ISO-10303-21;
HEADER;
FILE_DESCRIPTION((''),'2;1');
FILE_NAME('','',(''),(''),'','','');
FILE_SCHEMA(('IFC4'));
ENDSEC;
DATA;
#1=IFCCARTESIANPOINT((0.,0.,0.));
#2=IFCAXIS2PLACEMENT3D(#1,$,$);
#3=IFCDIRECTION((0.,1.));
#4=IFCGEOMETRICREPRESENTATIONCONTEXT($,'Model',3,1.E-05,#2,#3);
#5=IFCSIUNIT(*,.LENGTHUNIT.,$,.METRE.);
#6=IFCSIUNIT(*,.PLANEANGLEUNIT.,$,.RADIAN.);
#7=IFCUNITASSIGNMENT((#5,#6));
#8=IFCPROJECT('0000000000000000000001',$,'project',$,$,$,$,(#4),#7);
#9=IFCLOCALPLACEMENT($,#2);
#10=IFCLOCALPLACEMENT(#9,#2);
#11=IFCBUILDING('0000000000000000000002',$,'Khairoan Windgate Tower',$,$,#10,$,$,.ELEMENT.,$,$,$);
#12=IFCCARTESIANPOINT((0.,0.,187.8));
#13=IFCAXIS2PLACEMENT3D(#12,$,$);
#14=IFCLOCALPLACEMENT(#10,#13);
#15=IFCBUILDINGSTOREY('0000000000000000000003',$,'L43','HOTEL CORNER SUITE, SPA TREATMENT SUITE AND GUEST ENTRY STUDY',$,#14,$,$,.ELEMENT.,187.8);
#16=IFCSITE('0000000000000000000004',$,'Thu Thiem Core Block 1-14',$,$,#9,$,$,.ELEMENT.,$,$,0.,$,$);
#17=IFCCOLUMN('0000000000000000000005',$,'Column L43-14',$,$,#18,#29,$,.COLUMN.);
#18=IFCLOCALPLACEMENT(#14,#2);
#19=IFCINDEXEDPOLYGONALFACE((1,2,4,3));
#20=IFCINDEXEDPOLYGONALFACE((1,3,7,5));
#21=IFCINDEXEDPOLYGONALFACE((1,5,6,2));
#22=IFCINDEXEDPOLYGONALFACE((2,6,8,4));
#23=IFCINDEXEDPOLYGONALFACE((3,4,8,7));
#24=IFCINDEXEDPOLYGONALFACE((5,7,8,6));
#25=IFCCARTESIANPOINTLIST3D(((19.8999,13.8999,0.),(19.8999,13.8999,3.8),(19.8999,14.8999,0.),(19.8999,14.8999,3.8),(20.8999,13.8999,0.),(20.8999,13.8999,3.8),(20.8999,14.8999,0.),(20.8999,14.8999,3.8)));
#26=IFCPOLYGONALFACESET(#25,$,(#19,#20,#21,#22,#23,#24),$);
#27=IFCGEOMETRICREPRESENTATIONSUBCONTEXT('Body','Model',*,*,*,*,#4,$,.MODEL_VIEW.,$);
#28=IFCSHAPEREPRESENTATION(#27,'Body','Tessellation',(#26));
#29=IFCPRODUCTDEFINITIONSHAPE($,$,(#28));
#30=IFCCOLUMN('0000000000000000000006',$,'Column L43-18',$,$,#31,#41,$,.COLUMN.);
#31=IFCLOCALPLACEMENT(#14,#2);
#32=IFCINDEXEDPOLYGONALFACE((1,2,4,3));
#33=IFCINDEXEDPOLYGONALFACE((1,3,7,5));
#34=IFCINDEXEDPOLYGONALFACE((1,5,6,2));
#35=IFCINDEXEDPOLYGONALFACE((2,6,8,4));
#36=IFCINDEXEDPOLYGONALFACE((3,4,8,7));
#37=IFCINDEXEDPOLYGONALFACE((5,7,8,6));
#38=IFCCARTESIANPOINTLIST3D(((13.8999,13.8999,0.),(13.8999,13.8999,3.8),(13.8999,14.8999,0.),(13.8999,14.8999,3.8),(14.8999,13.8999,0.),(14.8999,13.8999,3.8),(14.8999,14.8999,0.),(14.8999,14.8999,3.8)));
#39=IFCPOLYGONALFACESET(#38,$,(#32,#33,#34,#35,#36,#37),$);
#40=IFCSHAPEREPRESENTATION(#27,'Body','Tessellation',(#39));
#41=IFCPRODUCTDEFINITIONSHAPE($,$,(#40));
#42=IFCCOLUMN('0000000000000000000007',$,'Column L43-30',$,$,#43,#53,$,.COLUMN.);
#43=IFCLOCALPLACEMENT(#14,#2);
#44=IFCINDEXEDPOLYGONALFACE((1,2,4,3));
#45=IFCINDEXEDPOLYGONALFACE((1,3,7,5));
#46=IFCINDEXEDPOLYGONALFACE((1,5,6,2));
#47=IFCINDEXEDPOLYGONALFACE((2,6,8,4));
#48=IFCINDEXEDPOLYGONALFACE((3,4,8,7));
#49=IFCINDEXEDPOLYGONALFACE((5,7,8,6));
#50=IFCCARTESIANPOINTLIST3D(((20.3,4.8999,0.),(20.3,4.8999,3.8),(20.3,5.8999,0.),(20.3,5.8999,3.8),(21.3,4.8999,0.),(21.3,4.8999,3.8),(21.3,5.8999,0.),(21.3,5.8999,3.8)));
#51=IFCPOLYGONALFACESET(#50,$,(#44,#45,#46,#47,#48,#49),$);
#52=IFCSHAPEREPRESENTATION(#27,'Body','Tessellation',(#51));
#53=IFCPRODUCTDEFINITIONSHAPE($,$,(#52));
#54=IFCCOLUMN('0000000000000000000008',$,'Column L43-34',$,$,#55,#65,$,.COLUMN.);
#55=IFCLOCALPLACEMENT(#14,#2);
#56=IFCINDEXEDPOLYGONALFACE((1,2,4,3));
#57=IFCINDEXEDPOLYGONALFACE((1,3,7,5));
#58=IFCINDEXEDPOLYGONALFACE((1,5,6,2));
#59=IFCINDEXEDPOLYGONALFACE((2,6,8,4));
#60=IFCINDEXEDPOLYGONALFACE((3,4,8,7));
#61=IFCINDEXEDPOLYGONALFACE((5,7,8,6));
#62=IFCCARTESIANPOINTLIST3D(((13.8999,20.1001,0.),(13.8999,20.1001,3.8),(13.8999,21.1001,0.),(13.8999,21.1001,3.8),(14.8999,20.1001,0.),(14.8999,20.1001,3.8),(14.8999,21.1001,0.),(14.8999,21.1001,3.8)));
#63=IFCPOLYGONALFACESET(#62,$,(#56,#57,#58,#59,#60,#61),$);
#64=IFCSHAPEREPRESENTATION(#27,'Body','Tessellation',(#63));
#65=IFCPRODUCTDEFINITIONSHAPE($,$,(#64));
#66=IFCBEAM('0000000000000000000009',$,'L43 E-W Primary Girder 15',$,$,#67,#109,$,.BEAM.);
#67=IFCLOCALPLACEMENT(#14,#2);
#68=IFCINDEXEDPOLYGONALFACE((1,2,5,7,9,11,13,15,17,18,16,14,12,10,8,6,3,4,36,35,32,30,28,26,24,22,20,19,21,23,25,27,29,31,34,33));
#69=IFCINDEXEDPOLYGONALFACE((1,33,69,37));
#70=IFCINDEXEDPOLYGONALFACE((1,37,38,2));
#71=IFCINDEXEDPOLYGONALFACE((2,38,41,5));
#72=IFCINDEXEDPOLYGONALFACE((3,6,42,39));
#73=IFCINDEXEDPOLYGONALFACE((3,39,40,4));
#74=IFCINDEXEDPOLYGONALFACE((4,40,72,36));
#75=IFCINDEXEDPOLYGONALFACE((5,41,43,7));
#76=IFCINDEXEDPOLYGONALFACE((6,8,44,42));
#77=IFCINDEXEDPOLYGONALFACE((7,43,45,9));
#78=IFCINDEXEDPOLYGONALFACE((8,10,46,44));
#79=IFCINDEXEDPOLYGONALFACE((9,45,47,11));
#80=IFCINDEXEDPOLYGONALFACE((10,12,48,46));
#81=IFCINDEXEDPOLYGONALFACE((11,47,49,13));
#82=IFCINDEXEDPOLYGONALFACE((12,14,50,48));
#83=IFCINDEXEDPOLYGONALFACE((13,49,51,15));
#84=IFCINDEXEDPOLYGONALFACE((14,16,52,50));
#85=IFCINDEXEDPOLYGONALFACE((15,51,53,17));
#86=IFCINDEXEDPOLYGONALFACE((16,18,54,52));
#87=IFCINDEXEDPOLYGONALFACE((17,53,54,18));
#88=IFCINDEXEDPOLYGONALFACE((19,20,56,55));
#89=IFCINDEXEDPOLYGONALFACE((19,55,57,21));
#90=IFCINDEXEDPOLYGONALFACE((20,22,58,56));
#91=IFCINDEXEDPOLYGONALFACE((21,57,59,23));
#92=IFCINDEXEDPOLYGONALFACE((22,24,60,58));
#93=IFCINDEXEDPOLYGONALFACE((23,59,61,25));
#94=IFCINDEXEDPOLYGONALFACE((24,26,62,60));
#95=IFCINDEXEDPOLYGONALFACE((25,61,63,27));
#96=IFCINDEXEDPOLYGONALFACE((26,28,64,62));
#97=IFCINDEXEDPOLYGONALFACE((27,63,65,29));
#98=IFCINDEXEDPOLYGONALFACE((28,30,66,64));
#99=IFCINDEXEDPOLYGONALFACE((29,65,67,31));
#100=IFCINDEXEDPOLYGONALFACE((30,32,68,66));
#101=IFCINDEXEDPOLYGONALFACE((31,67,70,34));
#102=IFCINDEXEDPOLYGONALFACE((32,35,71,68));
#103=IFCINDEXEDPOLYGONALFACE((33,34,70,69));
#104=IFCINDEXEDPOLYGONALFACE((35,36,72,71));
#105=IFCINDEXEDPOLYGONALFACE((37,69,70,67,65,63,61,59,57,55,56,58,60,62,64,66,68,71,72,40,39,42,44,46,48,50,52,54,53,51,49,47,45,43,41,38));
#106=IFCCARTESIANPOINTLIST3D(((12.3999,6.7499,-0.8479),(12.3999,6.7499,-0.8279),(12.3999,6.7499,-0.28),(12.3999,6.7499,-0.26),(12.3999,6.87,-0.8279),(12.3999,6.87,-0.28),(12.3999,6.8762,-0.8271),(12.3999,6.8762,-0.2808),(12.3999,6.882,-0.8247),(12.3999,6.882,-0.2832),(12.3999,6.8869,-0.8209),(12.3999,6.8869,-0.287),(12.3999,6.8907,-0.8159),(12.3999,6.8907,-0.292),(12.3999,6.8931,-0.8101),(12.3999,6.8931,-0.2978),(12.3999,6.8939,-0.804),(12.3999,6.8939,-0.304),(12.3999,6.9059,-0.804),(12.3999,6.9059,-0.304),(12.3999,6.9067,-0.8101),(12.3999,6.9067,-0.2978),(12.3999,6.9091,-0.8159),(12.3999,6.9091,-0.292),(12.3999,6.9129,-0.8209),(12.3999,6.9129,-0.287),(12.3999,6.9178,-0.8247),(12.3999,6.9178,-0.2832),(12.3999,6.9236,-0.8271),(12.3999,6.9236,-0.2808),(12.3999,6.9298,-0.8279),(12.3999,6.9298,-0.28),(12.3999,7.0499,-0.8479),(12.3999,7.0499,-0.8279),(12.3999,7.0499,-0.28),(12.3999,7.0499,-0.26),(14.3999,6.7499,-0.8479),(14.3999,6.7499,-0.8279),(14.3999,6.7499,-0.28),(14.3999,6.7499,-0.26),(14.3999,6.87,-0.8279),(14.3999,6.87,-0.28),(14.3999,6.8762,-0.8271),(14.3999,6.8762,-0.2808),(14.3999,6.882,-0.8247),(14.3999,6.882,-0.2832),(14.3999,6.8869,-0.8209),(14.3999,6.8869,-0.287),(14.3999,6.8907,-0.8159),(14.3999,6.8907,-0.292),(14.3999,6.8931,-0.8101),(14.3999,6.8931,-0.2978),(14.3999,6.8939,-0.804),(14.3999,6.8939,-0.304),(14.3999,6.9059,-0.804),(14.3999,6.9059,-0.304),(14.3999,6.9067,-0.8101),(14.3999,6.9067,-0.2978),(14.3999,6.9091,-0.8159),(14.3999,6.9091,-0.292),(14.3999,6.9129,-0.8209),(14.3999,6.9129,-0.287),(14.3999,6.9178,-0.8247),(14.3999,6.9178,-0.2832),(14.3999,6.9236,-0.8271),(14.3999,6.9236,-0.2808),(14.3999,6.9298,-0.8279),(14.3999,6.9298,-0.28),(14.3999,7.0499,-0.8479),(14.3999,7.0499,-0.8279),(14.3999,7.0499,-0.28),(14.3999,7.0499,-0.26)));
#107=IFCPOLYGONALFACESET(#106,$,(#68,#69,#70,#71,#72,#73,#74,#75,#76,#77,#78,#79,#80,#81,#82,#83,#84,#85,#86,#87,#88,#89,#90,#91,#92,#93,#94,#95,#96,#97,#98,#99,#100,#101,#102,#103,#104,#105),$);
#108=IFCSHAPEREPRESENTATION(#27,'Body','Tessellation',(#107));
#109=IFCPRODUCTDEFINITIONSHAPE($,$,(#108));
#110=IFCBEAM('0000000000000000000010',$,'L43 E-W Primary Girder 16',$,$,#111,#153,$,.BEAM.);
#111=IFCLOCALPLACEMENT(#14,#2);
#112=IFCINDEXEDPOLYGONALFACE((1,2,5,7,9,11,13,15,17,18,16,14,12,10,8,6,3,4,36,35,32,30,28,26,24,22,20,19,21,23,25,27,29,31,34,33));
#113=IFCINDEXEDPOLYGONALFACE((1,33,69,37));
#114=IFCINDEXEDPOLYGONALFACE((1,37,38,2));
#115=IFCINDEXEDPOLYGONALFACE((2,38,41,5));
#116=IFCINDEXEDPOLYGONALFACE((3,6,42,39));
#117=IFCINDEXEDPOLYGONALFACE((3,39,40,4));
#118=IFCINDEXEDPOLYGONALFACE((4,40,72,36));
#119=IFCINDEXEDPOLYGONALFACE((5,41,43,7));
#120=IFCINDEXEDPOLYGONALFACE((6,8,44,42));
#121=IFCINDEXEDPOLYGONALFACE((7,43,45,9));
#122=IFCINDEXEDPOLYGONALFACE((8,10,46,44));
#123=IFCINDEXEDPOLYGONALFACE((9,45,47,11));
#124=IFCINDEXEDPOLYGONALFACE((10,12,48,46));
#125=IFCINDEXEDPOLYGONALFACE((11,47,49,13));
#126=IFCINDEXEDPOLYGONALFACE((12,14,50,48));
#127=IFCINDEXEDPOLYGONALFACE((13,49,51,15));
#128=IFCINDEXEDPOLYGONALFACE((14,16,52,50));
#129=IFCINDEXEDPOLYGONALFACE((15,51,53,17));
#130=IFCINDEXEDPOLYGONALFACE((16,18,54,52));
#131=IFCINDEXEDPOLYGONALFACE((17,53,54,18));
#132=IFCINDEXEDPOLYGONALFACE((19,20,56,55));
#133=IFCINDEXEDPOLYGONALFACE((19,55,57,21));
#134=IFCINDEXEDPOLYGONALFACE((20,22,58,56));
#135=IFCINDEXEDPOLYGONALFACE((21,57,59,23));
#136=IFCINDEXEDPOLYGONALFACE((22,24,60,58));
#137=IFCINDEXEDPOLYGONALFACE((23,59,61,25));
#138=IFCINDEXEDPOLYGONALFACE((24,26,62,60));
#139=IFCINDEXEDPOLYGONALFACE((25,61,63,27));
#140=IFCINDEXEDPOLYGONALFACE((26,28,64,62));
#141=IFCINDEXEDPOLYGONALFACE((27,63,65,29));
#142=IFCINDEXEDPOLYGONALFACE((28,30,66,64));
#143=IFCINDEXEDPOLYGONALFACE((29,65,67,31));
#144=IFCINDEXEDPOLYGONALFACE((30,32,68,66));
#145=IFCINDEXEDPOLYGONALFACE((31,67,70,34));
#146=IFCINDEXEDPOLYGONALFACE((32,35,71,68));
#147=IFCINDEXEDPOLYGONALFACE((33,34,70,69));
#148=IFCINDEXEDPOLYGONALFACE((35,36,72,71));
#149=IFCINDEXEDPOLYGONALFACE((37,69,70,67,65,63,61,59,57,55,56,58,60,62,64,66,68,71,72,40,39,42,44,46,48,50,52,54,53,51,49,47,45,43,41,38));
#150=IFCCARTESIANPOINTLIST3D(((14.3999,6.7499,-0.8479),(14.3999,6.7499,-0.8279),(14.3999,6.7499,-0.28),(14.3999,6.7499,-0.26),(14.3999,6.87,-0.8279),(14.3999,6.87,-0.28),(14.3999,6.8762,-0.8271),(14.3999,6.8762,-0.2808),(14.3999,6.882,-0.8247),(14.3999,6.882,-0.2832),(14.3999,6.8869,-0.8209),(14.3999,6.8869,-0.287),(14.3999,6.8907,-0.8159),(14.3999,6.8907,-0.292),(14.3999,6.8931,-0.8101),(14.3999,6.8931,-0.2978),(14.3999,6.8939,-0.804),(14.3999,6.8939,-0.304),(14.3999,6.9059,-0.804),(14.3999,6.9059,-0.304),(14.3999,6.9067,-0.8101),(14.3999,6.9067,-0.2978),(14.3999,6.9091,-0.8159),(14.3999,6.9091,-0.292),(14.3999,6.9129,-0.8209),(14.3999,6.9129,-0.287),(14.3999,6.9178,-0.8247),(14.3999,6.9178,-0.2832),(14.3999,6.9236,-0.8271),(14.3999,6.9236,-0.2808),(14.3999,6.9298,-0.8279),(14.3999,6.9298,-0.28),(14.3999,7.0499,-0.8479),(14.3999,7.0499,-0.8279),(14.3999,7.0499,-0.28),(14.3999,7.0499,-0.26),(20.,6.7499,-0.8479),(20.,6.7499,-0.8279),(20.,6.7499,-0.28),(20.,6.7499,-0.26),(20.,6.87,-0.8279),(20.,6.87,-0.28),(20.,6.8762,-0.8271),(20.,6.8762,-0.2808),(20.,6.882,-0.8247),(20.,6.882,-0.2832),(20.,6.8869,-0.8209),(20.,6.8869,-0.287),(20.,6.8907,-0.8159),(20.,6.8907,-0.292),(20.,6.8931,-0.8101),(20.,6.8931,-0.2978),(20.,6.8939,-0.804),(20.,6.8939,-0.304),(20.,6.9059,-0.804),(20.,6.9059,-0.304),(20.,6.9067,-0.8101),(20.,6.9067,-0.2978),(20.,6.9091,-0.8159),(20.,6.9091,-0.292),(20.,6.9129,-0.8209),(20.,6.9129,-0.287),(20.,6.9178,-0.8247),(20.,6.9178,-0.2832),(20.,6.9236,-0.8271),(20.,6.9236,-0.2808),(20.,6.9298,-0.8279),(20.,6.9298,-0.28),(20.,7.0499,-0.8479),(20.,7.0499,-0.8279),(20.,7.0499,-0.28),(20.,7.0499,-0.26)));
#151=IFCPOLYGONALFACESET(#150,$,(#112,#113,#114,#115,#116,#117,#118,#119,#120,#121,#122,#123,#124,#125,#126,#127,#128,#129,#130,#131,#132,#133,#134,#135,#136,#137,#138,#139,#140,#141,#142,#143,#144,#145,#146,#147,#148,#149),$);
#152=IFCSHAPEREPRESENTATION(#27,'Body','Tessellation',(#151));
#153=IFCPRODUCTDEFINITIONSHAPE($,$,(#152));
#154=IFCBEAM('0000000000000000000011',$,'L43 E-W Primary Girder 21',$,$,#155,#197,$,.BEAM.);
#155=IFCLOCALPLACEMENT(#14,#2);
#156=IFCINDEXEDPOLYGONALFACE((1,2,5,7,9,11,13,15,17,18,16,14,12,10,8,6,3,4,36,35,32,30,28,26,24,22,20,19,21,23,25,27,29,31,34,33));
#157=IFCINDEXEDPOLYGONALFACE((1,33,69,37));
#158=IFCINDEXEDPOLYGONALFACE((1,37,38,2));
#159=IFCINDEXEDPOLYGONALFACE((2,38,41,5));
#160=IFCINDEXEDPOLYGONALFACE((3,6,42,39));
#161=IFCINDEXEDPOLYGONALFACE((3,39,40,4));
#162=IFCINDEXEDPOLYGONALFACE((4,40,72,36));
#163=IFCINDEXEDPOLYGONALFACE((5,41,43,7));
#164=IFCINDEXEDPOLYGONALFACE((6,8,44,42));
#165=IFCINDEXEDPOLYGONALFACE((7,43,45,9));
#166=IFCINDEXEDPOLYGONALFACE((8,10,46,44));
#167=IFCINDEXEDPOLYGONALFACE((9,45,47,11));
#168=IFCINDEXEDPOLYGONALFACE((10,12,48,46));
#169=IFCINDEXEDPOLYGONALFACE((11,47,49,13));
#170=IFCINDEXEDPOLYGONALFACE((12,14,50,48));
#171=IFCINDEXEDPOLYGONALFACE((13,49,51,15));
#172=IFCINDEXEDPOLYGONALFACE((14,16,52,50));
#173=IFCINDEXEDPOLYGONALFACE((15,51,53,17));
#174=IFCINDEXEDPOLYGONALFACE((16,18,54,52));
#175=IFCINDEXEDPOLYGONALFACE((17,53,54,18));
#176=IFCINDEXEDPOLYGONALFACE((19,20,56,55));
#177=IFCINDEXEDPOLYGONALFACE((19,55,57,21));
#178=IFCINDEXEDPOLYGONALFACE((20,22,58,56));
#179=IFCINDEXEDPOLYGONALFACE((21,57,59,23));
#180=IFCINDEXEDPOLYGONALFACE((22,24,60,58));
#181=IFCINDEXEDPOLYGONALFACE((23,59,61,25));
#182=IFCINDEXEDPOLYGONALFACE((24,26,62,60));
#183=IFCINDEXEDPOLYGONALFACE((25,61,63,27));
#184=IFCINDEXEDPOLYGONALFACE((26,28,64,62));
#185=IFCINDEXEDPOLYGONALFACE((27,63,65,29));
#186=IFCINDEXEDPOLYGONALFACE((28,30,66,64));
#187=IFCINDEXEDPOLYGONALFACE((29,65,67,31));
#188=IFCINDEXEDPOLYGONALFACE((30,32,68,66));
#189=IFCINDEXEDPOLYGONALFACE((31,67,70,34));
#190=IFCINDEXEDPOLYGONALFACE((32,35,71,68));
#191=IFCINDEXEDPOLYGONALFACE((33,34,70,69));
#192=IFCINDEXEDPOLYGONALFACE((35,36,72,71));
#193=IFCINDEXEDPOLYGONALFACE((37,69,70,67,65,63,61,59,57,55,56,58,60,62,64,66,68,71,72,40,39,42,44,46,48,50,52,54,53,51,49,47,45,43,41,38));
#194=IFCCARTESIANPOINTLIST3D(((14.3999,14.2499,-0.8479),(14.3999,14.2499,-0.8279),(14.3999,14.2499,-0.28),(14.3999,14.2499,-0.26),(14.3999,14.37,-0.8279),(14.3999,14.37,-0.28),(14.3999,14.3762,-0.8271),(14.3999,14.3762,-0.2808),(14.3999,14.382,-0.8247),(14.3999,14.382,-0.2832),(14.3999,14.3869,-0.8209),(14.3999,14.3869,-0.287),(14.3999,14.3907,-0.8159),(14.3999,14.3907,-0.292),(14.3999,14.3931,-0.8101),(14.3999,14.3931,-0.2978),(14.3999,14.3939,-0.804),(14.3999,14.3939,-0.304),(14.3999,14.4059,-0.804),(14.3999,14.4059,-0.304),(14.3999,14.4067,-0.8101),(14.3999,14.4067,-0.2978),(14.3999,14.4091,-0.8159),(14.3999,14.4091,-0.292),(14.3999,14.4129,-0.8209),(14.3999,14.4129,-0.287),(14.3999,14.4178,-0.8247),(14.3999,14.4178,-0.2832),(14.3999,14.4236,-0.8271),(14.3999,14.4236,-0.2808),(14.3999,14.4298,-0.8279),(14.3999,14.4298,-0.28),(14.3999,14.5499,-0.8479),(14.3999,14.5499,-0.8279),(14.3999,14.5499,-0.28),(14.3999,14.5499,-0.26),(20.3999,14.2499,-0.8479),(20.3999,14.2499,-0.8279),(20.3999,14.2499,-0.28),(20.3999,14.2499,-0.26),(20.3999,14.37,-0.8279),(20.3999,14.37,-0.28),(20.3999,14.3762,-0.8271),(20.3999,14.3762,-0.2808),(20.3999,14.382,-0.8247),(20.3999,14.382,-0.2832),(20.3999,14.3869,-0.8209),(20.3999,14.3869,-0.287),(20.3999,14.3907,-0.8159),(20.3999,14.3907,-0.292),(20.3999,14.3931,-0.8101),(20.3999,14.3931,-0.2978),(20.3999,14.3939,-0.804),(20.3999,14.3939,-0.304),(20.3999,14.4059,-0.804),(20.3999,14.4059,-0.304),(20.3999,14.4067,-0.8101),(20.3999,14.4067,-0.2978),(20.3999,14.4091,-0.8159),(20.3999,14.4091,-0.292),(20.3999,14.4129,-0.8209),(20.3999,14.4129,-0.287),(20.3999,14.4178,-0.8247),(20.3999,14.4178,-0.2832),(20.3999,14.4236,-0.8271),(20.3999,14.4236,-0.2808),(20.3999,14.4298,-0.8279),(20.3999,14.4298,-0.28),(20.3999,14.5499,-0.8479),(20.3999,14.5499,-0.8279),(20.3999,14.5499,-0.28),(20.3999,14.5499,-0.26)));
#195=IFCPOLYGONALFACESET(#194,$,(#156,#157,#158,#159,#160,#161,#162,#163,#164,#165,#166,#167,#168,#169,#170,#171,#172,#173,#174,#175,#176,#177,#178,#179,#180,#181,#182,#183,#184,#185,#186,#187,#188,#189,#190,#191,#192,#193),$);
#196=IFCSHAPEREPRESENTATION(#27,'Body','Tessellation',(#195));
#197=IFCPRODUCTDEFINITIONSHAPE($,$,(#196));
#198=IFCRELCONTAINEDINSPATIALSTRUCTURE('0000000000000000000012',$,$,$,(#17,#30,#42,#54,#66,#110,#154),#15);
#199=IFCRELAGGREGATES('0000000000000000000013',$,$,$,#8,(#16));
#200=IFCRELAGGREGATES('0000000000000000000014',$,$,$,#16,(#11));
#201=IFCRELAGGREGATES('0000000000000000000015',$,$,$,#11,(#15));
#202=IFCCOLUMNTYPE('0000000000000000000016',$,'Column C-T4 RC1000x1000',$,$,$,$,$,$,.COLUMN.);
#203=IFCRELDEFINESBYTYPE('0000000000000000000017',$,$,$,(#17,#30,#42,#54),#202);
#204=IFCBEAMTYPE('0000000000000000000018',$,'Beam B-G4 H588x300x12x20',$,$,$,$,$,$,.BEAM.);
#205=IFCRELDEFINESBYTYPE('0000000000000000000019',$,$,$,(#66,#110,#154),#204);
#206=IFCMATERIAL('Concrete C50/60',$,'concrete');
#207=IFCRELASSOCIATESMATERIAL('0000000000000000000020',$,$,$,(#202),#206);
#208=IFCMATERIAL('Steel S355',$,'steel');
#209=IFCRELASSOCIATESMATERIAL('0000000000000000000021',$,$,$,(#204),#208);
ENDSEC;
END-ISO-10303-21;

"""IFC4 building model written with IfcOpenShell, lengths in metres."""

from ifc_helpers import new_model, si_unit, direction, frame, origin, origin_2d, place, context, subcontext, project, spatial, rectangle, i_section, extrude, material, material_profile, profile_set, type_object, element, save


model = new_model("IFC4")

# Units and contexts
model_context = context("Model", 3, precision=1e-05, world=origin(), true_north=direction((0.0, 1.0)))
body_context = subcontext(model_context, "Body", "Model", "MODEL_VIEW")
ifc_project = project(units=[si_unit("LENGTHUNIT", "METRE"), si_unit("PLANEANGLEUNIT", "RADIAN")], contexts=[model_context])

# Site, building, storey
site_placement = place(None, origin())
site = spatial("IfcSite", under=ifc_project, at=site_placement, Name="Thu Thiem Core Block 1-14", CompositionType="ELEMENT", RefElevation=0.0)
building_placement = place(site_placement, origin())
building = spatial("IfcBuilding", under=site, at=building_placement, Name="Khairoan Windgate Tower", CompositionType="ELEMENT")
storey_placement = place(building_placement, frame((0.0, 0.0, 187.8)))
storey = spatial("IfcBuildingStorey", under=building, at=storey_placement, Name="L43", Description="HOTEL CORNER SUITE, SPA TREATMENT SUITE AND GUEST ENTRY STUDY", CompositionType="ELEMENT", Elevation=187.8)

# Columns
ifc_material_1 = material(Name="Concrete C50/60", Category="concrete")
ifc_material_profile_1 = material_profile(ifc_material_1, rectangle(XDim=1.0, YDim=1.0, at=origin_2d()))
ifc_profile_set_1 = profile_set([ifc_material_profile_1], Name="Concrete C50/60")
column_type = type_object("IfcColumnType", Name="Column C-T4 RC1000x1000", PredefinedType="COLUMN", material=ifc_profile_set_1)
for number, where, z_axis, x_axis, name in (
    (1, (20.3999, 14.3999, 0.0), (0.0, 0.0, 1.0), (1.0, 0.0, 0.0), "Column L43-14"),
    (2, (14.3999, 14.3999, 0.0), (0.0, 0.0, 1.0), (1.0, 0.0, 0.0), "Column L43-18"),
    (3, (20.8, 5.3999, 0.0), (0.0, 0.0, 1.0), (1.0, 0.0, 0.0), "Column L43-30"),
    (4, (14.3999, 20.6001, 0.0), (0.0, 0.0, 1.0), (1.0, 0.0, 0.0), "Column L43-34"),
):
    element("IfcColumn", number, at=place(storey_placement, frame(where, z_axis=z_axis, x_axis=x_axis)), inside=storey, type_object=column_type, Name=name, PredefinedType="COLUMN", context=body_context, shape_type="SweptSolid", body=[
        extrude(rectangle(XDim=1.0, YDim=1.0, at=origin_2d()), origin(), (0.0, 0.0, 1.0), 3.8),
    ])

# Beams
ifc_material_2 = material(Name="Steel S355", Category="steel")
ifc_material_profile_2 = material_profile(ifc_material_2, i_section(OverallWidth=0.3, OverallDepth=0.5879, WebThickness=0.012, FlangeThickness=0.02, FilletRadius=0.0239, at=origin_2d()))
ifc_profile_set_2 = profile_set([ifc_material_profile_2], Name="Steel S355")
beam_type_1 = type_object("IfcBeamType", Name="Beam B-G4 H588x300x12x20", PredefinedType="BEAM", material=ifc_profile_set_2)
beam_1_placement = place(storey_placement, frame((12.3999, 6.8999, -0.554), z_axis=(1.0, 0.0, 0.0), x_axis=(0.0, 1.0, 0.0)))
element("IfcBeam", 5, at=beam_1_placement, inside=storey, type_object=beam_type_1, Name="L43 E-W Primary Girder 15", PredefinedType="BEAM", context=body_context, shape_type="SweptSolid", body=[
    extrude(i_section(OverallWidth=0.3, OverallDepth=0.5879, WebThickness=0.012, FlangeThickness=0.02, FilletRadius=0.0239, at=origin_2d()), origin(), (0.0, 0.0, 1.0), 2.0),
])
beam_2_placement = place(storey_placement, frame((14.3999, 6.8999, -0.554), z_axis=(1.0, 0.0, 0.0), x_axis=(0.0, 1.0, 0.0)))
element("IfcBeam", 6, at=beam_2_placement, inside=storey, type_object=beam_type_1, Name="L43 E-W Primary Girder 16", PredefinedType="BEAM", context=body_context, shape_type="SweptSolid", body=[
    extrude(i_section(OverallWidth=0.3, OverallDepth=0.5879, WebThickness=0.012, FlangeThickness=0.02, FilletRadius=0.0239, at=origin_2d()), origin(), (0.0, 0.0, 1.0), 5.6001),
])
beam_3_placement = place(storey_placement, frame((14.3999, 14.3999, -0.554), z_axis=(1.0, 0.0, 0.0), x_axis=(0.0, 1.0, 0.0)))
element("IfcBeam", 7, at=beam_3_placement, inside=storey, type_object=beam_type_1, Name="L43 E-W Primary Girder 21", PredefinedType="BEAM", context=body_context, shape_type="SweptSolid", body=[
    extrude(i_section(OverallWidth=0.3, OverallDepth=0.5879, WebThickness=0.012, FlangeThickness=0.02, FilletRadius=0.0239, at=origin_2d()), origin(), (0.0, 0.0, 1.0), 6.0),
])

save(model, "model.ifc")
